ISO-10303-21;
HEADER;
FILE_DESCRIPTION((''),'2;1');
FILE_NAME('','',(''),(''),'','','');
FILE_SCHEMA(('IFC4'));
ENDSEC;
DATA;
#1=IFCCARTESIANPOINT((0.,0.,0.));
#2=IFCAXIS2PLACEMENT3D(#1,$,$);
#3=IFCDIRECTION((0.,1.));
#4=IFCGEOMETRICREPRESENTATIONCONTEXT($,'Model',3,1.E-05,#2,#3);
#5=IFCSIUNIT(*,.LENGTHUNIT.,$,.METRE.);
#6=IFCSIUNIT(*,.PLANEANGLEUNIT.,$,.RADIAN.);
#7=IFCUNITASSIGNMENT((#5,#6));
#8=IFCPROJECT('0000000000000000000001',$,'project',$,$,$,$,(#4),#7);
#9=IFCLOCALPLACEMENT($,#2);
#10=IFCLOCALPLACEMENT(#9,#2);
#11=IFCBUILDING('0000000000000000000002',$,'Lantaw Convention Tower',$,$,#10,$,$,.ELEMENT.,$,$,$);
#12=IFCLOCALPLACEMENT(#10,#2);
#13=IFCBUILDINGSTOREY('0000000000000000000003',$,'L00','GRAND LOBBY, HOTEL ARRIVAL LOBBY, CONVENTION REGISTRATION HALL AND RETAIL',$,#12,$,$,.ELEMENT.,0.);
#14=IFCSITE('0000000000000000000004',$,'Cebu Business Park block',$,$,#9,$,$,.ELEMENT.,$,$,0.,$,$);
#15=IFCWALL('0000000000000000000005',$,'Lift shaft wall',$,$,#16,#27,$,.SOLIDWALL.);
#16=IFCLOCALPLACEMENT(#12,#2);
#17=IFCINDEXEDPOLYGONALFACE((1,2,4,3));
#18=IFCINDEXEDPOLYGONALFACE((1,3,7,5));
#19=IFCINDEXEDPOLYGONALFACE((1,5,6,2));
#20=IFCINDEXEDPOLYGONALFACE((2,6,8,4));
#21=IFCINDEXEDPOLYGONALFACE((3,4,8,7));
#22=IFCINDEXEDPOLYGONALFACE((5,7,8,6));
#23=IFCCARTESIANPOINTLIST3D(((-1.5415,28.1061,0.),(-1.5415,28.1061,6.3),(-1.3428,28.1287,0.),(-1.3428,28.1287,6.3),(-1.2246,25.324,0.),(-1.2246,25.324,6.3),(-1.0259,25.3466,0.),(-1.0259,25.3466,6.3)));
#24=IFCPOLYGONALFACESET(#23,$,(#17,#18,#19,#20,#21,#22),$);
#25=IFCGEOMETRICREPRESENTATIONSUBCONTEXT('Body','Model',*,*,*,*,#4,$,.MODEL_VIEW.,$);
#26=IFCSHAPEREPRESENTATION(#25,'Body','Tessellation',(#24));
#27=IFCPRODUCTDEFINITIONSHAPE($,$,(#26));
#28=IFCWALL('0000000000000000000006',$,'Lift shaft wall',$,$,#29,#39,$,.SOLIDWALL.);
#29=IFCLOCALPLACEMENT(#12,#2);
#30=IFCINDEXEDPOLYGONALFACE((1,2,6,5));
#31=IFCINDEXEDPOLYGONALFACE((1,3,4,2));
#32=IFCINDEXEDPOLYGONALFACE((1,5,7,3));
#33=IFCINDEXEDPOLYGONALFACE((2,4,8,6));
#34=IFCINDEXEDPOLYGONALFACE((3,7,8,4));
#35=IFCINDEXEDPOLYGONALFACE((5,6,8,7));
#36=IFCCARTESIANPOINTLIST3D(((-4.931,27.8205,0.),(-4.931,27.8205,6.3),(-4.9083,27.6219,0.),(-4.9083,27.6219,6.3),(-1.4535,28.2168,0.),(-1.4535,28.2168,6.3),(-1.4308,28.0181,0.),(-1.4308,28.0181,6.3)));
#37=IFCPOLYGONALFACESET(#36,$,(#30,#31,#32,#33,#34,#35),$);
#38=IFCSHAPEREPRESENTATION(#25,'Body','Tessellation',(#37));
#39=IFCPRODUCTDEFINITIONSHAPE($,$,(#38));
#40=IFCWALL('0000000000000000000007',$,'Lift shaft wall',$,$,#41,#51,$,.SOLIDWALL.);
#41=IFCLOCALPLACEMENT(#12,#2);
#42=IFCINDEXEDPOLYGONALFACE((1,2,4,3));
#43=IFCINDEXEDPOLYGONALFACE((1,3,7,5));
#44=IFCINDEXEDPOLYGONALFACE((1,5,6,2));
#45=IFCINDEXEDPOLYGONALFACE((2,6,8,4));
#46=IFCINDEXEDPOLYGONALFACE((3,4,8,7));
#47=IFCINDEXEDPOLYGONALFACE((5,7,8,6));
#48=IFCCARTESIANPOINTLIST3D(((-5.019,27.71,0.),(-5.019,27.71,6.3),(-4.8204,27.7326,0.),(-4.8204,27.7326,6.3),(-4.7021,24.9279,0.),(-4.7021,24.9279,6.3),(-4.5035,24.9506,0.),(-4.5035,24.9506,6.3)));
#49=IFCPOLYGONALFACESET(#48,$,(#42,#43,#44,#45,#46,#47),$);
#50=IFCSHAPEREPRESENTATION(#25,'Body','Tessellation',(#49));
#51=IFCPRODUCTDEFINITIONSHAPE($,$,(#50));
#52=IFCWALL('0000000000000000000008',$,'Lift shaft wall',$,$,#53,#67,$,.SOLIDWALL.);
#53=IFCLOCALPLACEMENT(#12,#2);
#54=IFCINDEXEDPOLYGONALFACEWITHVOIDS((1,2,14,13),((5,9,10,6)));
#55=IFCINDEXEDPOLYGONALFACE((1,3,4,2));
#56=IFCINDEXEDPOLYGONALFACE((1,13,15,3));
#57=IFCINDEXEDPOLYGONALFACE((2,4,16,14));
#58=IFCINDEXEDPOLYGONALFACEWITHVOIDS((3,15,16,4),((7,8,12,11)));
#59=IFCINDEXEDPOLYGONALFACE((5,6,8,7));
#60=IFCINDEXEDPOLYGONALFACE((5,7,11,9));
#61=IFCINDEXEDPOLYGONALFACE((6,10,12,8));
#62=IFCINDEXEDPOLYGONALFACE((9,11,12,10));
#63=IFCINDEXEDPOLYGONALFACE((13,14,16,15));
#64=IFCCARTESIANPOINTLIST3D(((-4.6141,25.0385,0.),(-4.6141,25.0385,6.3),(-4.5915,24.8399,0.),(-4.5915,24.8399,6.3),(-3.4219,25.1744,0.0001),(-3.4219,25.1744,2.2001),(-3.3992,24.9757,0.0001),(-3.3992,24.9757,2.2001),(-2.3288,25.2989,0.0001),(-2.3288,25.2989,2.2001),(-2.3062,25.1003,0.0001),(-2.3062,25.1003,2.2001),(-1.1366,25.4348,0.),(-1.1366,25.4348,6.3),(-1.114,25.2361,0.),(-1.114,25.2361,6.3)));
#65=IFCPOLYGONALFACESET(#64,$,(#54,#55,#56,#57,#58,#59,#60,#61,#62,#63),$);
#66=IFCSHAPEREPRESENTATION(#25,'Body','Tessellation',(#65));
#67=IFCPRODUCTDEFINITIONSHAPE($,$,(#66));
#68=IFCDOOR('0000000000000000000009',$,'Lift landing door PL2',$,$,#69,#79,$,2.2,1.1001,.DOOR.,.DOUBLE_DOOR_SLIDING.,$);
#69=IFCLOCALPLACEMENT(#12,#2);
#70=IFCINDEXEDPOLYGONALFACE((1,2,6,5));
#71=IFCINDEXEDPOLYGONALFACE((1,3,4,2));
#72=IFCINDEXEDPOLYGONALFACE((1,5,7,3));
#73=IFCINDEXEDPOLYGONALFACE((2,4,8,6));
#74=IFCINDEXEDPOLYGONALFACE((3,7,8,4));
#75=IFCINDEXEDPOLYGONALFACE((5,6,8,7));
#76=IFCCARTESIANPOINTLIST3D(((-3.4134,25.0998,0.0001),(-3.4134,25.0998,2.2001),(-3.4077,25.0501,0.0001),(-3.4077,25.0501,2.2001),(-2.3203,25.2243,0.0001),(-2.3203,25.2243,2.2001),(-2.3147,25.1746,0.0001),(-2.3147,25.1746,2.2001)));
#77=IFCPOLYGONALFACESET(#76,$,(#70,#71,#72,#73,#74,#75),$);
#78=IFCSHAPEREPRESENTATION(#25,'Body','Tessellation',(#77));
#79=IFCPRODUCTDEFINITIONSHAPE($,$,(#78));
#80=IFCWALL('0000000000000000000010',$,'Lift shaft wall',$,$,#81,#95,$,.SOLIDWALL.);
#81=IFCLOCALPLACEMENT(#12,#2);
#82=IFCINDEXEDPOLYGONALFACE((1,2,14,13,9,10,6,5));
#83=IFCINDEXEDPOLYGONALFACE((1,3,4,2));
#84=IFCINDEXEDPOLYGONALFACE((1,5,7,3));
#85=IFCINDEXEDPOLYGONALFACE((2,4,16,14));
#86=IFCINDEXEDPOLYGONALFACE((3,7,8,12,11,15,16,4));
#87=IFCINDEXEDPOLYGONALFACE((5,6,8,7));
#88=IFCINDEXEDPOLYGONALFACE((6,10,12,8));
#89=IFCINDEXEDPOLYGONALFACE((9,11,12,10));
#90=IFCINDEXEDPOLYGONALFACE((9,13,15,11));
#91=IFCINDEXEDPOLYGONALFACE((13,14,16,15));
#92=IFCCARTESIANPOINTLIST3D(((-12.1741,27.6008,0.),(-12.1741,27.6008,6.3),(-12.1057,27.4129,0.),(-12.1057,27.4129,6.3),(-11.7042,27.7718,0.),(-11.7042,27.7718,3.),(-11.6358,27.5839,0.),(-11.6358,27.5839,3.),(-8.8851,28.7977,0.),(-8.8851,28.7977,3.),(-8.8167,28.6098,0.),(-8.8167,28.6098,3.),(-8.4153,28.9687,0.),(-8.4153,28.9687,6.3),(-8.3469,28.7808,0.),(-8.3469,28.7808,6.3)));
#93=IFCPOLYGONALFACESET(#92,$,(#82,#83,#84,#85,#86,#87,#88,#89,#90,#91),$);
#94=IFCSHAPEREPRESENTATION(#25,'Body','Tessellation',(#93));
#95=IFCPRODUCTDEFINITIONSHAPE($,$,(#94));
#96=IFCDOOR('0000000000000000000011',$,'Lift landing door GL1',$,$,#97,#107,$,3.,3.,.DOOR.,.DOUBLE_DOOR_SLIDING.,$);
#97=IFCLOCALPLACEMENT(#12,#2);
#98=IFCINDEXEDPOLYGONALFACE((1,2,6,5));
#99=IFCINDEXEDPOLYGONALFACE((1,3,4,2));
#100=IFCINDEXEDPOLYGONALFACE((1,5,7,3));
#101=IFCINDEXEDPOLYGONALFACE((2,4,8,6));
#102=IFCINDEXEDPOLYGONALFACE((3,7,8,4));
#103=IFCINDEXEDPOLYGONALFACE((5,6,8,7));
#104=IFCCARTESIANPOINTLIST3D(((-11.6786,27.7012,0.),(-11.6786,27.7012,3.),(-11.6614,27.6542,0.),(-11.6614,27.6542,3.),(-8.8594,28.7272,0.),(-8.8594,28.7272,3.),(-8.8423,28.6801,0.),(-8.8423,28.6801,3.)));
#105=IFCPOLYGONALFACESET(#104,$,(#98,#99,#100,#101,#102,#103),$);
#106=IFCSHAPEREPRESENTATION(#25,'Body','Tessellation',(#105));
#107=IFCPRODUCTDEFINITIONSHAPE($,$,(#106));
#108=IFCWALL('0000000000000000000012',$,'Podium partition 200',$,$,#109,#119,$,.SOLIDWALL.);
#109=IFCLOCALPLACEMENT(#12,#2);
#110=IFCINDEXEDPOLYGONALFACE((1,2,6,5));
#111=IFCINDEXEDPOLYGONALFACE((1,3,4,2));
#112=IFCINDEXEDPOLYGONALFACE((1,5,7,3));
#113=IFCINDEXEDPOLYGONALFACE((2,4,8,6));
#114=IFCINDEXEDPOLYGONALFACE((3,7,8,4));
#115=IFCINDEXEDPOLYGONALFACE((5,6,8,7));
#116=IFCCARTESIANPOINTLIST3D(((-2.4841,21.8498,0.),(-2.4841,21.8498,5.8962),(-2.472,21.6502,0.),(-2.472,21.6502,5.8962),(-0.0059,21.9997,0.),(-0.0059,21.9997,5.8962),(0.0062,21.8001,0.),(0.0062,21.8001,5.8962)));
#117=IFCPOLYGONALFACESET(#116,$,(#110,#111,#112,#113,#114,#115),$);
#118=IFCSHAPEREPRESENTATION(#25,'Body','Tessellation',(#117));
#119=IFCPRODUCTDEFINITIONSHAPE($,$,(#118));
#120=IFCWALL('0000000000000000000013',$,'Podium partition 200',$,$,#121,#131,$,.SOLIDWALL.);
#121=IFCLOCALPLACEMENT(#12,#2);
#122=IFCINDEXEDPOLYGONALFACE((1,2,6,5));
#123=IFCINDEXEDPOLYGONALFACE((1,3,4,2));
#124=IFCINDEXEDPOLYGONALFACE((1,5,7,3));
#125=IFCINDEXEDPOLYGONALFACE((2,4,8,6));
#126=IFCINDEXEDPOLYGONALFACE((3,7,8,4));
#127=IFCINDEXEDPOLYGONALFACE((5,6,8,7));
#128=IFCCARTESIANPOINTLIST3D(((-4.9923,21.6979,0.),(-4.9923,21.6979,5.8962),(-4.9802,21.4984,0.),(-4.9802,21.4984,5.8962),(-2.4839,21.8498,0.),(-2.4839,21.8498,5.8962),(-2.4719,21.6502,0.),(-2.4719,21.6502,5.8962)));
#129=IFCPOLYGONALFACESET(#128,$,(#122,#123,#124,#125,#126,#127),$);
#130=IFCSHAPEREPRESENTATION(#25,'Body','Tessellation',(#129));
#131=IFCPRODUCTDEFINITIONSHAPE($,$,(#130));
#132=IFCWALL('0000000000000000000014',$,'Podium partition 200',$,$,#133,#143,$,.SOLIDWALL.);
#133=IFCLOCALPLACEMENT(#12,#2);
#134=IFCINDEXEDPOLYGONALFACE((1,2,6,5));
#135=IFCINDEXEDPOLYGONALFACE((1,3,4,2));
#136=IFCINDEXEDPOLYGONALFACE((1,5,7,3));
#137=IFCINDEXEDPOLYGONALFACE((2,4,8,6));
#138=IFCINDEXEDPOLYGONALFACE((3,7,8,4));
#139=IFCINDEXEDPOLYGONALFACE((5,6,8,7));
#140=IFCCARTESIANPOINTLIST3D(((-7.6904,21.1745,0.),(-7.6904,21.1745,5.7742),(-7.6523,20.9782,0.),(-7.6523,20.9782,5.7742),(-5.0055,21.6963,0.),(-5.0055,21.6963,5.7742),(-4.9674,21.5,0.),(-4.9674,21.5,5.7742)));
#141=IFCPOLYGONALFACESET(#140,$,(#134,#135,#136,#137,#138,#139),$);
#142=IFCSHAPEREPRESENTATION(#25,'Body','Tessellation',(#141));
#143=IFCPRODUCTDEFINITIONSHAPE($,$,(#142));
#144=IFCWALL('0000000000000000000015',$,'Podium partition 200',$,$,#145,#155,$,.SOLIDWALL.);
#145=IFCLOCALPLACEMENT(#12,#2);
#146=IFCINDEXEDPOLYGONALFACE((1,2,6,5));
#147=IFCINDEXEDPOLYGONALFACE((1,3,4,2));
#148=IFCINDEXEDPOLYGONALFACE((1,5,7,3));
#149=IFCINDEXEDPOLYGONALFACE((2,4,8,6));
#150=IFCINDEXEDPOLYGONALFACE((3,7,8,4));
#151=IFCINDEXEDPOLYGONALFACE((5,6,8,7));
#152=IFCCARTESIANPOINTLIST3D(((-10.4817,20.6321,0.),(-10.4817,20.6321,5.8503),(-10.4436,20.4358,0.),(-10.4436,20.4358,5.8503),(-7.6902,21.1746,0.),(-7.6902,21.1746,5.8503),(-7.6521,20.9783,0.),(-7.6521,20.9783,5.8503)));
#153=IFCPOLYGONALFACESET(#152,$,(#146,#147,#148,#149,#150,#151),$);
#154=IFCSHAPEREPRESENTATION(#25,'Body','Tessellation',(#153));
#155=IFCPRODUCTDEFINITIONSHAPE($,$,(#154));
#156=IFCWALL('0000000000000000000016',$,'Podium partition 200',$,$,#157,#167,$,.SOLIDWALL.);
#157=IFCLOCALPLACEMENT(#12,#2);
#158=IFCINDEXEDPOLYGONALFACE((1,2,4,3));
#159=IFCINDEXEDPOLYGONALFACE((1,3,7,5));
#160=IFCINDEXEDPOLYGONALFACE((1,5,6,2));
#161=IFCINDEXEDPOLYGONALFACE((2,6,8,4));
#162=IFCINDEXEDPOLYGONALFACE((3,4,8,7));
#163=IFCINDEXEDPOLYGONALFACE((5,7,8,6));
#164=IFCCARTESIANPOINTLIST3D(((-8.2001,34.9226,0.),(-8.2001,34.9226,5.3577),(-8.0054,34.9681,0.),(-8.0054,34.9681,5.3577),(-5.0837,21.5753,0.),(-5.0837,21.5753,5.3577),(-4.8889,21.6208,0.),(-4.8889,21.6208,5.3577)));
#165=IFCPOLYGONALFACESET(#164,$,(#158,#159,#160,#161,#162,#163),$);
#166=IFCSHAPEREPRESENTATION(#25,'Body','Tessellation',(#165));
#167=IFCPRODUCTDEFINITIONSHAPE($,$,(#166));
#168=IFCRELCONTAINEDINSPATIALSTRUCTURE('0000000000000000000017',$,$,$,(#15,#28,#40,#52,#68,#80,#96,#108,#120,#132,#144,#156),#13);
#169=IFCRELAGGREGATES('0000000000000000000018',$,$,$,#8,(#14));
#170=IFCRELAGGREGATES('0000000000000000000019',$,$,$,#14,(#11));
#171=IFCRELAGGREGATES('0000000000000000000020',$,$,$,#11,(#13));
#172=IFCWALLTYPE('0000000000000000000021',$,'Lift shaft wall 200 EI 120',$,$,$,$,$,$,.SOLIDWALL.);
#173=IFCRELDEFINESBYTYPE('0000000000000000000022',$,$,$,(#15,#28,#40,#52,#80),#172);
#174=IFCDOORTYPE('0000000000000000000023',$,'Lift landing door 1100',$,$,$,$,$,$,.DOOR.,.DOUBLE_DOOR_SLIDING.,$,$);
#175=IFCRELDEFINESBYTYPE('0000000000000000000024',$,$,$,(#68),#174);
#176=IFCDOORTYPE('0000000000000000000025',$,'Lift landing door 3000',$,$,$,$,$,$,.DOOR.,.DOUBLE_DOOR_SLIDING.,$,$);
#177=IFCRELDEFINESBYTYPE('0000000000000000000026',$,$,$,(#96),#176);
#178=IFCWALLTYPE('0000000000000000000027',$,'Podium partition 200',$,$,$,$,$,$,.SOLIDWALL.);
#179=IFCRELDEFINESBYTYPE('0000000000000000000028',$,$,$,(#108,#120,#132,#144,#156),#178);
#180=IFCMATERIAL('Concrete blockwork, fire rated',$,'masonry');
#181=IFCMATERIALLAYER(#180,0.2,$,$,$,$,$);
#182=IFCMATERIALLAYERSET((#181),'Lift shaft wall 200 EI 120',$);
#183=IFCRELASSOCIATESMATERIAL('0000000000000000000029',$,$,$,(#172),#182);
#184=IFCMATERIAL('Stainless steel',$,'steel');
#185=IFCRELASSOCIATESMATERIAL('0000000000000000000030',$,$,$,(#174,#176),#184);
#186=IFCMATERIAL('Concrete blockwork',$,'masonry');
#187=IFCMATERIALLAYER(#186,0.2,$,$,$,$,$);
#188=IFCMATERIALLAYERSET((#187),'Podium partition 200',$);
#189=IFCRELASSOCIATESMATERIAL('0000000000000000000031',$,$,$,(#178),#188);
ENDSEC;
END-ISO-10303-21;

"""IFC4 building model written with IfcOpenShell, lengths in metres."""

from ifc_helpers import new_model, si_unit, direction, frame, frame_2d, origin, place, context, subcontext, project, spatial, rectangle, extrude, material, layer, layer_set, type_object, element, fill, save


model = new_model("IFC4")

# Units and contexts
model_context = context("Model", 3, precision=1e-05, world=origin(), true_north=direction((0.0, 1.0)))
body_context = subcontext(model_context, "Body", "Model", "MODEL_VIEW")
ifc_project = project(units=[si_unit("LENGTHUNIT", "METRE"), si_unit("PLANEANGLEUNIT", "RADIAN")], contexts=[model_context])

# Site, building, storey
site_placement = place(None, origin())
site = spatial("IfcSite", under=ifc_project, at=site_placement, Name="Cebu Business Park block", CompositionType="ELEMENT", RefElevation=0.0)
building_placement = place(site_placement, origin())
building = spatial("IfcBuilding", under=site, at=building_placement, Name="Lantaw Convention Tower", CompositionType="ELEMENT")
storey_placement = place(building_placement, origin())
storey = spatial("IfcBuildingStorey", under=building, at=storey_placement, Name="L00", Description="GRAND LOBBY, HOTEL ARRIVAL LOBBY, CONVENTION REGISTRATION HALL AND RETAIL", CompositionType="ELEMENT", Elevation=0.0)

# Walls
ifc_material_1 = material(Name="Concrete blockwork, fire rated", Category="masonry")
ifc_layer_1 = layer(ifc_material_1, 0.2)
ifc_layer_set_1 = layer_set([ifc_layer_1], Name="Lift shaft wall 200 EI 120")
wall_type_1 = type_object("IfcWallType", Name="Lift shaft wall 200 EI 120", PredefinedType="SOLIDWALL", material=ifc_layer_set_1)
wall_1_placement = place(storey_placement, frame((-1.1252, 25.3354, 0.0), z_axis=(0.0, 0.0, 1.0), x_axis=(-0.113178, 0.993575, 0.0)))
element("IfcWall", 1, at=wall_1_placement, inside=storey, type_object=wall_type_1, Name="Lift shaft wall", PredefinedType="SOLIDWALL", context=body_context, shape_type="SweptSolid", body=[
    extrude(rectangle(XDim=2.8, YDim=0.2, at=frame_2d((1.3999, 0.0))), origin(), (0.0, 0.0, 1.0), 6.3),
])
wall_2_placement = place(storey_placement, frame((-1.4421, 28.1174, 0.0), z_axis=(0.0, 0.0, 1.0), x_axis=(-0.993571, -0.11321, 0.0)))
element("IfcWall", 2, at=wall_2_placement, inside=storey, type_object=wall_type_1, Name="Lift shaft wall", PredefinedType="SOLIDWALL", context=body_context, shape_type="SweptSolid", body=[
    extrude(rectangle(XDim=3.5, YDim=0.2, at=frame_2d((1.75, 0.0))), origin(), (0.0, 0.0, 1.0), 6.3),
])
wall_3_placement = place(storey_placement, frame((-4.9197, 27.7212, 0.0), z_axis=(0.0, 0.0, 1.0), x_axis=(0.113178, -0.993575, 0.0)))
element("IfcWall", 3, at=wall_3_placement, inside=storey, type_object=wall_type_1, Name="Lift shaft wall", PredefinedType="SOLIDWALL", context=body_context, shape_type="SweptSolid", body=[
    extrude(rectangle(XDim=2.8, YDim=0.2, at=frame_2d((1.3999, 0.0))), origin(), (0.0, 0.0, 1.0), 6.3),
])

# Walls, openings, doors
wall_4_placement = place(storey_placement, frame((-4.6028, 24.9392, 0.0), z_axis=(0.0, 0.0, 1.0), x_axis=(0.993571, 0.11321, 0.0)))
wall_4 = element("IfcWall", 4, at=wall_4_placement, inside=storey, type_object=wall_type_1, Name="Lift shaft wall", PredefinedType="SOLIDWALL", context=body_context, shape_type="SweptSolid", body=[
    extrude(rectangle(XDim=3.5, YDim=0.2, at=frame_2d((1.75, 0.0))), origin(), (0.0, 0.0, 1.0), 6.3),
])
opening_1_placement = place(wall_4_placement, frame((1.2, 0.0, 0.0)))
opening_1 = element("IfcOpeningElement", 5, at=opening_1_placement, cuts=wall_4, PredefinedType="OPENING", context=body_context, shape_type="SweptSolid", body=[
    extrude(rectangle(XDim=1.1001, YDim=2.2, at=frame_2d((0.55, 1.1001))), frame((0.0, 0.1099, 0.0), z_axis=(0.0, -1.0, 0.0), x_axis=(1.0, 0.0, 0.0)), (0.0, 0.0, 1.0), 0.22),
])
ifc_material_2 = material(Name="Stainless steel", Category="steel")
door_type_1 = type_object("IfcDoorType", Name="Lift landing door 1100", OperationType="DOUBLE_DOOR_SLIDING", PredefinedType="DOOR", material=ifc_material_2)
door_1_placement = place(opening_1_placement, origin())
door_1 = element("IfcDoor", 6, at=door_1_placement, inside=storey, type_object=door_type_1, Name="Lift landing door PL2", OperationType="DOUBLE_DOOR_SLIDING", OverallHeight=2.2, OverallWidth=1.1001, PredefinedType="DOOR", context=body_context, shape_type="SweptSolid", body=[
    extrude(rectangle(XDim=1.1001, YDim=2.2, at=frame_2d((0.55, 1.1001))), frame((0.0, 0.0249, 0.0), z_axis=(0.0, -1.0, 0.0), x_axis=(1.0, 0.0, 0.0)), (0.0, 0.0, 1.0), 0.05),
])
fill(opening_1, door_1)
wall_5_placement = place(storey_placement, frame((-12.1399, 27.5068, 0.0), z_axis=(0.0, 0.0, 1.0), x_axis=(0.939706, 0.341983, 0.0)))
wall_5 = element("IfcWall", 7, at=wall_5_placement, inside=storey, type_object=wall_type_1, Name="Lift shaft wall", PredefinedType="SOLIDWALL", context=body_context, shape_type="SweptSolid", body=[
    extrude(rectangle(XDim=4.0, YDim=0.2, at=frame_2d((2.0, 0.0))), origin(), (0.0, 0.0, 1.0), 6.3),
])
opening_2_placement = place(wall_5_placement, frame((0.5, 0.0, 0.0)))
opening_2 = element("IfcOpeningElement", 8, at=opening_2_placement, cuts=wall_5, PredefinedType="OPENING", context=body_context, shape_type="SweptSolid", body=[
    extrude(rectangle(XDim=3.0, YDim=3.0, at=frame_2d((1.5, 1.5))), frame((0.0, 0.1099, 0.0), z_axis=(0.0, -1.0, 0.0), x_axis=(1.0, 0.0, 0.0)), (0.0, 0.0, 1.0), 0.22),
])
door_type_2 = type_object("IfcDoorType", Name="Lift landing door 3000", OperationType="DOUBLE_DOOR_SLIDING", PredefinedType="DOOR", material=ifc_material_2)
door_2_placement = place(opening_2_placement, origin())
door_2 = element("IfcDoor", 9, at=door_2_placement, inside=storey, type_object=door_type_2, Name="Lift landing door GL1", OperationType="DOUBLE_DOOR_SLIDING", OverallHeight=3.0, OverallWidth=3.0, PredefinedType="DOOR", context=body_context, shape_type="SweptSolid", body=[
    extrude(rectangle(XDim=3.0, YDim=3.0, at=frame_2d((1.5, 1.5))), frame((0.0, 0.0249, 0.0), z_axis=(0.0, -1.0, 0.0), x_axis=(1.0, 0.0, 0.0)), (0.0, 0.0, 1.0), 0.05),
])
fill(opening_2, door_2)

# Walls
ifc_material_3 = material(Name="Concrete blockwork", Category="masonry")
ifc_layer_2 = layer(ifc_material_3, 0.2)
ifc_layer_set_2 = layer_set([ifc_layer_2], Name="Podium partition 200")
wall_type_2 = type_object("IfcWallType", Name="Podium partition 200", PredefinedType="SOLIDWALL", material=ifc_layer_set_2)
wall_6_placement = place(storey_placement, frame((0.0, 21.8999, 0.0), z_axis=(0.0, 0.0, 1.0), x_axis=(-0.998175, -0.060382, 0.0)))
element("IfcWall", 10, at=wall_6_placement, inside=storey, type_object=wall_type_2, Name="Podium partition 200", PredefinedType="SOLIDWALL", context=body_context, shape_type="SweptSolid", body=[
    extrude(rectangle(XDim=2.4827, YDim=0.2, at=frame_2d((1.2412, 0.0))), origin(), (0.0, 0.0, 1.0), 5.8962),
])
wall_7_placement = place(storey_placement, frame((-2.478, 21.75, 0.0), z_axis=(0.0, 0.0, 1.0), x_axis=(-0.998172, -0.060431, 0.0)))
element("IfcWall", 11, at=wall_7_placement, inside=storey, type_object=wall_type_2, Name="Podium partition 200", PredefinedType="SOLIDWALL", context=body_context, shape_type="SweptSolid", body=[
    extrude(rectangle(XDim=2.5129, YDim=0.2, at=frame_2d((1.2563, 0.0))), origin(), (0.0, 0.0, 1.0), 5.8962),
])
wall_8_placement = place(storey_placement, frame((-4.9863, 21.5981, 0.0), z_axis=(0.0, 0.0, 1.0), x_axis=(-0.981637, -0.190757, 0.0)))
element("IfcWall", 12, at=wall_8_placement, inside=storey, type_object=wall_type_2, Name="Podium partition 200", PredefinedType="SOLIDWALL", context=body_context, shape_type="SweptSolid", body=[
    extrude(rectangle(XDim=2.7351, YDim=0.2, at=frame_2d((1.3677, 0.0))), origin(), (0.0, 0.0, 1.0), 5.7742),
])
wall_9_placement = place(storey_placement, frame((-7.6711, 21.0764, 0.0), z_axis=(0.0, 0.0, 1.0), x_axis=(-0.981636, -0.190764, 0.0)))
element("IfcWall", 13, at=wall_9_placement, inside=storey, type_object=wall_type_2, Name="Podium partition 200", PredefinedType="SOLIDWALL", context=body_context, shape_type="SweptSolid", body=[
    extrude(rectangle(XDim=2.8438, YDim=0.2, at=frame_2d((1.4219, 0.0))), origin(), (0.0, 0.0, 1.0), 5.8503),
])
wall_10_placement = place(storey_placement, frame((-4.9863, 21.5981, 0.0), z_axis=(0.0, 0.0, 1.0), x_axis=(-0.227372, 0.973808, 0.0)))
element("IfcWall", 14, at=wall_10_placement, inside=storey, type_object=wall_type_2, Name="Podium partition 200", PredefinedType="SOLIDWALL", context=body_context, shape_type="SweptSolid", body=[
    extrude(rectangle(XDim=13.7063, YDim=0.2, at=frame_2d((6.853, 0.0))), origin(), (0.0, 0.0, 1.0), 5.3577),
])

save(model, "model.ifc")
